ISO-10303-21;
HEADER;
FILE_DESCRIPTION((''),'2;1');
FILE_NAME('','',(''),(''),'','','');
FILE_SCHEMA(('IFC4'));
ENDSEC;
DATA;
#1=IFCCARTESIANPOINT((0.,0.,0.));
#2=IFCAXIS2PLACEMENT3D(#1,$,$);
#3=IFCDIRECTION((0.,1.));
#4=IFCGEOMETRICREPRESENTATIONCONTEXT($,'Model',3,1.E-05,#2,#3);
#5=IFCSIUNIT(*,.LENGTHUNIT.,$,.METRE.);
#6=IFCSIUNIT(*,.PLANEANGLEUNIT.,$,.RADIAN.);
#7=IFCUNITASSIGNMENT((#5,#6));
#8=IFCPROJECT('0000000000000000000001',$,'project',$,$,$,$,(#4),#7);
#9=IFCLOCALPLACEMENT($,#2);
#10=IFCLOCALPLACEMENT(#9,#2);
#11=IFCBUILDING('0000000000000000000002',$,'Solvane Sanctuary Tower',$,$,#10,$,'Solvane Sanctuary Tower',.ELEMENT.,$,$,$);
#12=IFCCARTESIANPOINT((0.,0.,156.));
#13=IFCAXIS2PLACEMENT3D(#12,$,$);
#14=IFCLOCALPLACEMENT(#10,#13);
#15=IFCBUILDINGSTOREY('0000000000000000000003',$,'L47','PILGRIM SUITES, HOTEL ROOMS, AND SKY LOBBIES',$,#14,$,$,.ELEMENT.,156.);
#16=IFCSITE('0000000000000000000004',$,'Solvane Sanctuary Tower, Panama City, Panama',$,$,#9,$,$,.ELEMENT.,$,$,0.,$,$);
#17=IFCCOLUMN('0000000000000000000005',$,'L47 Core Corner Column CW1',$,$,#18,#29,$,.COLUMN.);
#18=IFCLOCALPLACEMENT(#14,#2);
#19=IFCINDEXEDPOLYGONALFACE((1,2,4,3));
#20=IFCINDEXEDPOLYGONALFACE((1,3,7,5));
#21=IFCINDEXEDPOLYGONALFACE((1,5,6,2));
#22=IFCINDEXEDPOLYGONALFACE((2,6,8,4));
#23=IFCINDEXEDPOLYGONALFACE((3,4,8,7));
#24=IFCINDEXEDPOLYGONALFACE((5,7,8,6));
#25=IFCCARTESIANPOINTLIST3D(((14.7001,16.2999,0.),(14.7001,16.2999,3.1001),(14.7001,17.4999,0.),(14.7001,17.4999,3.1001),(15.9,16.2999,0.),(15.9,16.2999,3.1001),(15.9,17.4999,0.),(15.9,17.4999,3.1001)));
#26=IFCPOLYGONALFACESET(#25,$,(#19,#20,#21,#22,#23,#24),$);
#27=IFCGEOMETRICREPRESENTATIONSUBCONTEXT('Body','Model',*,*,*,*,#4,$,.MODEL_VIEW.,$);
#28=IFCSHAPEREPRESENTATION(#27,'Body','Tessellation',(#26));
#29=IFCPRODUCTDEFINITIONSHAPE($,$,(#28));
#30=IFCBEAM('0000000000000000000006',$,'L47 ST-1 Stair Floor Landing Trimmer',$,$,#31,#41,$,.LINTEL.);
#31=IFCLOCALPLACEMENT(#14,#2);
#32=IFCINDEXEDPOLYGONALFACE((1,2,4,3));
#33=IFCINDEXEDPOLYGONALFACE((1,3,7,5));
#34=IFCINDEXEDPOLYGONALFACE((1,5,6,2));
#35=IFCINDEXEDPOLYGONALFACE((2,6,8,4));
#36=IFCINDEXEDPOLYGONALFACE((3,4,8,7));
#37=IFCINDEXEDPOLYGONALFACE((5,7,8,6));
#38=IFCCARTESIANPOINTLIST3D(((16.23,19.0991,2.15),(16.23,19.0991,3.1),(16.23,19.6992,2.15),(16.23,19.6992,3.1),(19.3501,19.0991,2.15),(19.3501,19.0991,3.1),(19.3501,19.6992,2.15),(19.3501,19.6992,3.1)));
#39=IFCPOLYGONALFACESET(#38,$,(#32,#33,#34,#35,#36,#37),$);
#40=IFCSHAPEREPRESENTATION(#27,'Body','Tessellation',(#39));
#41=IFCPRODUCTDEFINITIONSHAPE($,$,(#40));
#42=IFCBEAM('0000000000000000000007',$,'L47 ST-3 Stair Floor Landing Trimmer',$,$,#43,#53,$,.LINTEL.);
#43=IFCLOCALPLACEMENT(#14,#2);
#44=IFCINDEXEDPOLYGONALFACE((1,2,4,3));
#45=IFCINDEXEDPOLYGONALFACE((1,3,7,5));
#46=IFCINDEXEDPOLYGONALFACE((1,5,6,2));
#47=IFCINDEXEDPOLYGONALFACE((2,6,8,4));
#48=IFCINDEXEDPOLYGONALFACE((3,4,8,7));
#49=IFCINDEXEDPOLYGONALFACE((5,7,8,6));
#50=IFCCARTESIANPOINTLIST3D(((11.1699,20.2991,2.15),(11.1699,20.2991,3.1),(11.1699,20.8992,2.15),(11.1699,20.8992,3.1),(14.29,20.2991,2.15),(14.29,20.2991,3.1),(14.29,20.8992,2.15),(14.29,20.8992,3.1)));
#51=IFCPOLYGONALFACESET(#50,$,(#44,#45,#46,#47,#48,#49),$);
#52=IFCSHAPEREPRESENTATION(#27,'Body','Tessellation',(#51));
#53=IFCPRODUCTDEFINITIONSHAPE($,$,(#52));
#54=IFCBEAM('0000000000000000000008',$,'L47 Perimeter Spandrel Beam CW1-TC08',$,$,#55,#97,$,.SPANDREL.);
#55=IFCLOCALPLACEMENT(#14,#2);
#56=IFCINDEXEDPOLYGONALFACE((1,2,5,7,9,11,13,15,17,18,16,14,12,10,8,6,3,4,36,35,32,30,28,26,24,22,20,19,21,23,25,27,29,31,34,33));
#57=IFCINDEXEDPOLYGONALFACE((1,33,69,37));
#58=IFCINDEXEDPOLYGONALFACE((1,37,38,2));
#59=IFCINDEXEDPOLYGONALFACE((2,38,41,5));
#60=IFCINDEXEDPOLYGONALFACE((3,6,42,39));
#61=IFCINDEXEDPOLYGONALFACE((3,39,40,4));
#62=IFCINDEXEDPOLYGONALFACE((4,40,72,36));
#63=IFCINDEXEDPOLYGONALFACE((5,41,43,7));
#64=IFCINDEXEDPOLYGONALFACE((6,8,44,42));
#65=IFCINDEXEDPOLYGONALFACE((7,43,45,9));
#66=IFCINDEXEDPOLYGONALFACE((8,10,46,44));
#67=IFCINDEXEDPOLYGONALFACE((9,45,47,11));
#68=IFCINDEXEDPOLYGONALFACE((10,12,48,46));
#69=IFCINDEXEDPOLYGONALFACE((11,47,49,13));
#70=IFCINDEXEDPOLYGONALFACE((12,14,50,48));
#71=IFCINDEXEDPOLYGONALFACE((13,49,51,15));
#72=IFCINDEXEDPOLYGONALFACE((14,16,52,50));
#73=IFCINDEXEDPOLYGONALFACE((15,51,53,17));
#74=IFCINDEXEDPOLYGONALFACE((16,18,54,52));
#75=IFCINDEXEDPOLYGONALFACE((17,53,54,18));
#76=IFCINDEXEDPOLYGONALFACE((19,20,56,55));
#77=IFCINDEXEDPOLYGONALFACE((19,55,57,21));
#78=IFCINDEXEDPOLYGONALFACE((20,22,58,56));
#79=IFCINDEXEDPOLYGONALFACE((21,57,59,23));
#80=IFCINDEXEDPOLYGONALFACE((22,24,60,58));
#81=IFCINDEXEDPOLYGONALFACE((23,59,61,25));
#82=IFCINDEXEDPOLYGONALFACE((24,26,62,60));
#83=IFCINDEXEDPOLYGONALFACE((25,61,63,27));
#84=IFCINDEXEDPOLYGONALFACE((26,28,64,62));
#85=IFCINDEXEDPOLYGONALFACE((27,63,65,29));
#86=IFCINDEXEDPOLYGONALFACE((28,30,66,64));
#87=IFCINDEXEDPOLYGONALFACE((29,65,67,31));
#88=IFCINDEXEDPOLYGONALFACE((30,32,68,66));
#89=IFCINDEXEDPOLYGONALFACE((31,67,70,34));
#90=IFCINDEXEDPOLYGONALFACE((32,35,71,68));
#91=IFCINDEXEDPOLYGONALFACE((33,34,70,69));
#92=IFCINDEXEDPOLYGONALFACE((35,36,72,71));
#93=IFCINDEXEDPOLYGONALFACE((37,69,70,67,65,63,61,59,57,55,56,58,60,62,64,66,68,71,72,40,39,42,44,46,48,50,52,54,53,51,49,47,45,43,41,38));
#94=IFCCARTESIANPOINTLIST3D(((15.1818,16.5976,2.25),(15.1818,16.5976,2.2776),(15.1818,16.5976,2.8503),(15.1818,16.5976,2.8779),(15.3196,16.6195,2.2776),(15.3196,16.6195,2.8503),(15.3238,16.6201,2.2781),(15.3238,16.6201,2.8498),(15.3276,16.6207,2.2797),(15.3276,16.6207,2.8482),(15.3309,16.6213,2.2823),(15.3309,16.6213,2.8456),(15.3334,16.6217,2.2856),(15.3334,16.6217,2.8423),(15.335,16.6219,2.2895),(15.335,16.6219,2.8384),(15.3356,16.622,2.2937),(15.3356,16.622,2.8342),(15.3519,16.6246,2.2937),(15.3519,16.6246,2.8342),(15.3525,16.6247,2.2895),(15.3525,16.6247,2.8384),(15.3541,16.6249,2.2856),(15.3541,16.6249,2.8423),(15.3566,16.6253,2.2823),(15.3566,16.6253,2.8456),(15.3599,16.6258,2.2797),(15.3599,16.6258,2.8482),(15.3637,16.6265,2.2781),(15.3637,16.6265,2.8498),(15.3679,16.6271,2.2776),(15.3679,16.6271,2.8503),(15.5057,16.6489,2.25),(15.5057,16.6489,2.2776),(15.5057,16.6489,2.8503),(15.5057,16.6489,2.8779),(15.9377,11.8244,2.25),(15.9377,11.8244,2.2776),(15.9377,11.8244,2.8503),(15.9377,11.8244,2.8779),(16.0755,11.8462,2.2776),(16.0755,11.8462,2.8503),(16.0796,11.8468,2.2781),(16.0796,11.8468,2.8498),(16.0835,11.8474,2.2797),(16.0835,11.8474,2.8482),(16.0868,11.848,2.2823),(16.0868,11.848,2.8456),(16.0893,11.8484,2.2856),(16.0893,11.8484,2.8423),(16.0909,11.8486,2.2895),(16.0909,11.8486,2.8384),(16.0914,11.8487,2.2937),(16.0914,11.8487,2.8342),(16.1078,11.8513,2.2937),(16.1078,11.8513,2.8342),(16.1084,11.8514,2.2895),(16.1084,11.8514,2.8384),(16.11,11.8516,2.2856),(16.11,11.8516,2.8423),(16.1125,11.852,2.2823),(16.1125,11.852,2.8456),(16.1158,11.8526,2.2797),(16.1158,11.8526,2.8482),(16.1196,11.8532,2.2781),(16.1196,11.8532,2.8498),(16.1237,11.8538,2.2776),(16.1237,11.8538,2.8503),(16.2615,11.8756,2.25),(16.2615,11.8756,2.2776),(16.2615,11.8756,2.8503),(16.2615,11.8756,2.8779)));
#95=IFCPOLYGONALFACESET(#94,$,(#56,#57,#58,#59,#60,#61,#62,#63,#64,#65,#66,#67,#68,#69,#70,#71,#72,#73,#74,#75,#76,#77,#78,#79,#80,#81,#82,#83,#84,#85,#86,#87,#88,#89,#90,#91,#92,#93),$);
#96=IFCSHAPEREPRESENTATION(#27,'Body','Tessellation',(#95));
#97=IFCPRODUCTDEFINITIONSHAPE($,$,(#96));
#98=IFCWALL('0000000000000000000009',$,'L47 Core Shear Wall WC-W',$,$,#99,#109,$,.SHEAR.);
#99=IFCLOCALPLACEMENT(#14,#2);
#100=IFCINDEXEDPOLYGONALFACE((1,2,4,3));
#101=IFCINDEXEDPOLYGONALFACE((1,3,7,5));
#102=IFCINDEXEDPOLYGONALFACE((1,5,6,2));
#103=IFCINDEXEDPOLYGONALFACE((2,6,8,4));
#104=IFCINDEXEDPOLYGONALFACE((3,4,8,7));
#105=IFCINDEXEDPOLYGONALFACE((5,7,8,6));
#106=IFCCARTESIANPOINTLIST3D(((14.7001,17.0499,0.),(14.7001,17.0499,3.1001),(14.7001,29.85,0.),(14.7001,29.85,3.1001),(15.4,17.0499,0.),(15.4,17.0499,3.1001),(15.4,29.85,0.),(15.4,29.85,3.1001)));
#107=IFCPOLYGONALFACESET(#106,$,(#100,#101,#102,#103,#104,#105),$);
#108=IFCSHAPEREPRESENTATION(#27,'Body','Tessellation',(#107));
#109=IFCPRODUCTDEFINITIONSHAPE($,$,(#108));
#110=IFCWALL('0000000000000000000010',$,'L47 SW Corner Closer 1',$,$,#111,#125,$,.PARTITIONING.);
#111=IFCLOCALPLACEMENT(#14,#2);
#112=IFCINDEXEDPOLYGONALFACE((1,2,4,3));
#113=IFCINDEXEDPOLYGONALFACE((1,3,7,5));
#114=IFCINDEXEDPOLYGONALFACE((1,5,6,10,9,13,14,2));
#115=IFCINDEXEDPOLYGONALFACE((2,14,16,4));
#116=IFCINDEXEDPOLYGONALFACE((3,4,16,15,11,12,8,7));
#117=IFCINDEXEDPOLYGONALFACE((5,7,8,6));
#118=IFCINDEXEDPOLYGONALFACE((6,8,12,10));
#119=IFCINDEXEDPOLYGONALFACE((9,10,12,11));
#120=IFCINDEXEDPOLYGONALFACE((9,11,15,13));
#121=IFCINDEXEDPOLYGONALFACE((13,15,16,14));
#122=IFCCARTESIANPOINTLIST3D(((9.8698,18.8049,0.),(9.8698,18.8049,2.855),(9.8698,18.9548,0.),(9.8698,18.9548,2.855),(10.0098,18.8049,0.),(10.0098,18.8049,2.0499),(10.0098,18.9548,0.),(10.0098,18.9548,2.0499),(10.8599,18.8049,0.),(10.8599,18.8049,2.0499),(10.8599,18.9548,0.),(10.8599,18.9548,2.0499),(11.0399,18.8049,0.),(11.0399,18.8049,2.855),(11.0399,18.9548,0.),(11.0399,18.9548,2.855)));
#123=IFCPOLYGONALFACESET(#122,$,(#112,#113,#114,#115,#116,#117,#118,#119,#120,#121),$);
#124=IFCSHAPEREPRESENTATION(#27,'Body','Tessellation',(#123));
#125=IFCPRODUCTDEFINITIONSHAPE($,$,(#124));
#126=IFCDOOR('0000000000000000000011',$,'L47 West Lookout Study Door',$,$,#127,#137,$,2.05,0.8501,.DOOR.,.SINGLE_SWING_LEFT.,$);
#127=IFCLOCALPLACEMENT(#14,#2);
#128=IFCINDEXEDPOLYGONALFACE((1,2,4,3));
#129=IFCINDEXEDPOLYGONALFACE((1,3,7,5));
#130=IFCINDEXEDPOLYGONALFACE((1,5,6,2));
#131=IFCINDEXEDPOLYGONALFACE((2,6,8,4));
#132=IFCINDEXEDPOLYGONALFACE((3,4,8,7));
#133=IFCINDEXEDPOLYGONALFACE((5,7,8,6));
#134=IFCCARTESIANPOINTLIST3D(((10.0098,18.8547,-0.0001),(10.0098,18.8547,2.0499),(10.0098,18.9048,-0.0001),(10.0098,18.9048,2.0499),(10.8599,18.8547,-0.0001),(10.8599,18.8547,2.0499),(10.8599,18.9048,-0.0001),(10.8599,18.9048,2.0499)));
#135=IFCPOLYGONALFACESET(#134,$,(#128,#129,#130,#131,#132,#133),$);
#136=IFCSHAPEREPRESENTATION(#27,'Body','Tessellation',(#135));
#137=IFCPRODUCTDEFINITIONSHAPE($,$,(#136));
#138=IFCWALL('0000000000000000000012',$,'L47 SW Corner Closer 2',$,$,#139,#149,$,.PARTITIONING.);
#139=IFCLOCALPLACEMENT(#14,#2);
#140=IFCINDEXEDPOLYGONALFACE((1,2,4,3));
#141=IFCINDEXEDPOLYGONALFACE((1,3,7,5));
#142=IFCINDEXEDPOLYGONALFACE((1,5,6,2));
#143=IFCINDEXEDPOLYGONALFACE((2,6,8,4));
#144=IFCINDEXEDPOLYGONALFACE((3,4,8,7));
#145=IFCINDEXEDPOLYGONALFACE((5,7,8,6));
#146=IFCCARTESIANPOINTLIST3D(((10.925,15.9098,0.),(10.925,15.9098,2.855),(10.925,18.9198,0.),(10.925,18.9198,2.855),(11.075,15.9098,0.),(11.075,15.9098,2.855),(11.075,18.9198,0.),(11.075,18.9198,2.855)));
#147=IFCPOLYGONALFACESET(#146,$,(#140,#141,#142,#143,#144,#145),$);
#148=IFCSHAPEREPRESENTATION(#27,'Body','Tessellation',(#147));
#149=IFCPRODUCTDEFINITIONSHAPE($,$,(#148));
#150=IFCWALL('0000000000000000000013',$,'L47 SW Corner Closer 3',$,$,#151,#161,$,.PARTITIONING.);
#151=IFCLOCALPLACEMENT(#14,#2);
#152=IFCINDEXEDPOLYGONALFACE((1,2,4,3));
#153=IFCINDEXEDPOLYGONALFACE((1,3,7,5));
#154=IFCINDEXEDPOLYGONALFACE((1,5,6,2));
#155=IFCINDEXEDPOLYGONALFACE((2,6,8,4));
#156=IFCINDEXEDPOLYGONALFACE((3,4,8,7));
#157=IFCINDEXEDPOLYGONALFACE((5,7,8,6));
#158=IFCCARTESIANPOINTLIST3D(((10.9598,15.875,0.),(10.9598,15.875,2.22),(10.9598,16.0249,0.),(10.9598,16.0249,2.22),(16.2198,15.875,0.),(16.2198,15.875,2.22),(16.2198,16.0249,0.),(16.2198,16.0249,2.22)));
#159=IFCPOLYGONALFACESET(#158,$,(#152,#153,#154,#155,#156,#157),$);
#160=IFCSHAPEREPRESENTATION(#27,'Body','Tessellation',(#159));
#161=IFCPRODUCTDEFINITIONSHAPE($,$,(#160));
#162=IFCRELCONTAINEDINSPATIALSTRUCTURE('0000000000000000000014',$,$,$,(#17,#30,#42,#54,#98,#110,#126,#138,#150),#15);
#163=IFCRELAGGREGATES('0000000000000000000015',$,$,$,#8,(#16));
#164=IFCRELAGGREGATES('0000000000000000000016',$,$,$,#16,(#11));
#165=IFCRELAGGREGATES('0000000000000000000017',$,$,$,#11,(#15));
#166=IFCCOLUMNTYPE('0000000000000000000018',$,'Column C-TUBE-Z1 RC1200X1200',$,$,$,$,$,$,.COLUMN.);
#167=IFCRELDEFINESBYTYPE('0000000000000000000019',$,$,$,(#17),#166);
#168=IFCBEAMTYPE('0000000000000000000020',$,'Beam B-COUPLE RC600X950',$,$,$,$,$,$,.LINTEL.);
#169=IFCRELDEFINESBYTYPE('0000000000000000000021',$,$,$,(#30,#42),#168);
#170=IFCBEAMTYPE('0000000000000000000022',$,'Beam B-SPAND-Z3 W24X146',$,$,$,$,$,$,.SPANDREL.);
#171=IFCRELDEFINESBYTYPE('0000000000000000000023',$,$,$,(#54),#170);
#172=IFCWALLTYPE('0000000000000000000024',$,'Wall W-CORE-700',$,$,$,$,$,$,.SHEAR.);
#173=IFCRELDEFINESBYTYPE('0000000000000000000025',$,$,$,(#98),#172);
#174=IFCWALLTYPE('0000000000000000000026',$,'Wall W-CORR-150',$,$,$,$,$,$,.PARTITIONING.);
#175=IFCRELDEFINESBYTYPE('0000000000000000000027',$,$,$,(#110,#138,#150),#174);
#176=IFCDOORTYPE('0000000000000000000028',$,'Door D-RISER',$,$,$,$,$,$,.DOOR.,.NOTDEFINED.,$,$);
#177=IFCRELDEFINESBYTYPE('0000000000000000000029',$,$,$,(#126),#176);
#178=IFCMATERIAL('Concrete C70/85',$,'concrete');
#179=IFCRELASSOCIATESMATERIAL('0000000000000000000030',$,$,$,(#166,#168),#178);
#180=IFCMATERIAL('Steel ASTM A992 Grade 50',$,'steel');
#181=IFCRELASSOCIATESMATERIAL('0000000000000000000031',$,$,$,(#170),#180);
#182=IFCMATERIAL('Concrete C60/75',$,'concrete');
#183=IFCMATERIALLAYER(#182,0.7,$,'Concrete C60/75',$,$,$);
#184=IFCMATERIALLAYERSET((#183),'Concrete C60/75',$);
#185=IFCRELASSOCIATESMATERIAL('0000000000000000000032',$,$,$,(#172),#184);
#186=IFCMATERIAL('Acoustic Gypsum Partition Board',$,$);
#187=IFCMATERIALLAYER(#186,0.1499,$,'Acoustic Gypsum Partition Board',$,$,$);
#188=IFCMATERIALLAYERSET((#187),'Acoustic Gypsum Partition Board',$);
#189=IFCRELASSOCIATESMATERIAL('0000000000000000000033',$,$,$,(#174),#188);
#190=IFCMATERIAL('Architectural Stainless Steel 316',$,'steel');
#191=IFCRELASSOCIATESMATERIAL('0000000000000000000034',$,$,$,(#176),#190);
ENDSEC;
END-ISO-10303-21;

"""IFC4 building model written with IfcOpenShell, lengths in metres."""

from ifc_helpers import new_model, si_unit, direction, frame, frame_2d, origin, origin_2d, place, context, subcontext, project, spatial, rectangle, i_section, extrude, material, layer, layer_set, material_profile, profile_set, type_object, element, fill, save


model = new_model("IFC4")

# Units and contexts
model_context = context("Model", 3, precision=1e-05, world=origin(), true_north=direction((0.0, 1.0)))
body_context = subcontext(model_context, "Body", "Model", "MODEL_VIEW")
ifc_project = project(units=[si_unit("LENGTHUNIT", "METRE"), si_unit("PLANEANGLEUNIT", "RADIAN")], contexts=[model_context])

# Site, building, storey
site_placement = place(None, origin())
site = spatial("IfcSite", under=ifc_project, at=site_placement, Name="Solvane Sanctuary Tower, Panama City, Panama", CompositionType="ELEMENT", RefElevation=0.0)
building_placement = place(site_placement, origin())
building = spatial("IfcBuilding", under=site, at=building_placement, Name="Solvane Sanctuary Tower", LongName="Solvane Sanctuary Tower", CompositionType="ELEMENT")
storey_placement = place(building_placement, frame((0.0, 0.0, 156.0)))
storey = spatial("IfcBuildingStorey", under=building, at=storey_placement, Name="L47", Description="PILGRIM SUITES, HOTEL ROOMS, AND SKY LOBBIES", CompositionType="ELEMENT", Elevation=156.0)

# Column
ifc_material_1 = material(Name="Concrete C70/85", Category="concrete")
ifc_material_profile_1 = material_profile(ifc_material_1, rectangle(XDim=1.2, YDim=1.2, at=origin_2d()), Name="RC1200X1200")
ifc_profile_set_1 = profile_set([ifc_material_profile_1], Name="Concrete C70/85")
column_type = type_object("IfcColumnType", Name="Column C-TUBE-Z1 RC1200X1200", PredefinedType="COLUMN", material=ifc_profile_set_1)
column_placement = place(storey_placement, frame((15.3, 16.8999, 0.0), z_axis=(0.0, 0.0, 1.0), x_axis=(1.0, 0.0, 0.0)))
element("IfcColumn", 1, at=column_placement, inside=storey, type_object=column_type, Name="L47 Core Corner Column CW1", PredefinedType="COLUMN", context=body_context, shape_type="SweptSolid", body=[
    extrude(rectangle(XDim=1.2, YDim=1.2, at=origin_2d()), origin(), (0.0, 0.0, 1.0), 3.1001),
])

# Beams
ifc_material_profile_2 = material_profile(ifc_material_1, rectangle(XDim=0.6001, YDim=0.95, at=origin_2d()), Name="RC600X950")
ifc_profile_set_2 = profile_set([ifc_material_profile_2], Name="Concrete C70/85")
beam_type_1 = type_object("IfcBeamType", Name="Beam B-COUPLE RC600X950", PredefinedType="LINTEL", material=ifc_profile_set_2)
for number, where, z_axis, x_axis, name in (
    (2, (16.23, 19.3992, 2.625), (1.0, 0.0, 0.0), (0.0, 1.0, 0.0), "L47 ST-1 Stair Floor Landing Trimmer"),
    (3, (11.1699, 20.5991, 2.625), (1.0, 0.0, 0.0), (0.0, 1.0, 0.0), "L47 ST-3 Stair Floor Landing Trimmer"),
):
    element("IfcBeam", number, at=place(storey_placement, frame(where, z_axis=z_axis, x_axis=x_axis)), inside=storey, type_object=beam_type_1, Name=name, PredefinedType="LINTEL", context=body_context, shape_type="SweptSolid", body=[
        extrude(rectangle(XDim=0.6001, YDim=0.95, at=origin_2d()), origin(), (0.0, 0.0, 1.0), 3.1201),
    ])
ifc_material_2 = material(Name="Steel ASTM A992 Grade 50", Category="steel")
ifc_material_profile_3 = material_profile(ifc_material_2, i_section(OverallWidth=0.3279, OverallDepth=0.6279, WebThickness=0.0166, FlangeThickness=0.0276, FilletRadius=0.0161, at=origin_2d()), Name="W24X146")
ifc_profile_set_3 = profile_set([ifc_material_profile_3], Name="Steel ASTM A992 Grade 50")
beam_type_2 = type_object("IfcBeamType", Name="Beam B-SPAND-Z3 W24X146", PredefinedType="SPANDREL", material=ifc_profile_set_3)
beam_placement = place(storey_placement, frame((15.3438, 16.6233, 2.564), z_axis=(0.156406, -0.987693, 0.0), x_axis=(0.987693, 0.156406, 0.0)))
element("IfcBeam", 4, at=beam_placement, inside=storey, type_object=beam_type_2, Name="L47 Perimeter Spandrel Beam CW1-TC08", PredefinedType="SPANDREL", context=body_context, shape_type="SweptSolid", body=[
    extrude(i_section(OverallWidth=0.3279, OverallDepth=0.6279, WebThickness=0.0166, FlangeThickness=0.0276, FilletRadius=0.0161, at=origin_2d()), origin(), (0.0, 0.0, 1.0), 4.8328),
])

# Wall
ifc_material_3 = material(Name="Concrete C60/75", Category="concrete")
ifc_layer_1 = layer(ifc_material_3, 0.7, Name="Concrete C60/75")
ifc_layer_set_1 = layer_set([ifc_layer_1], Name="Concrete C60/75")
wall_type_1 = type_object("IfcWallType", Name="Wall W-CORE-700", PredefinedType="SHEAR", material=ifc_layer_set_1)
wall_1_placement = place(storey_placement, frame((15.05, 17.05, 0.0), z_axis=(0.0, 0.0, 1.0), x_axis=(0.0, 1.0, 0.0)))
element("IfcWall", 5, at=wall_1_placement, inside=storey, type_object=wall_type_1, Name="L47 Core Shear Wall WC-W", PredefinedType="SHEAR", context=body_context, shape_type="SweptSolid", body=[
    extrude(rectangle(XDim=12.8, YDim=0.7, at=frame_2d((6.3999, 0.0))), origin(), (0.0, 0.0, 1.0), 3.1001),
])

# Wall, opening, door
ifc_material_4 = material(Name="Acoustic Gypsum Partition Board")
ifc_layer_2 = layer(ifc_material_4, 0.1499, Name="Acoustic Gypsum Partition Board")
ifc_layer_set_2 = layer_set([ifc_layer_2], Name="Acoustic Gypsum Partition Board")
wall_type_2 = type_object("IfcWallType", Name="Wall W-CORR-150", PredefinedType="PARTITIONING", material=ifc_layer_set_2)
wall_2_placement = place(storey_placement, frame((9.8699, 18.8799, 0.0), z_axis=(0.0, 0.0, 1.0), x_axis=(1.0, 0.0, 0.0)))
wall_2 = element("IfcWall", 6, at=wall_2_placement, inside=storey, type_object=wall_type_2, Name="L47 SW Corner Closer 1", PredefinedType="PARTITIONING", context=body_context, shape_type="SweptSolid", body=[
    extrude(rectangle(XDim=1.1702, YDim=0.1499, at=frame_2d((0.585, 0.0))), origin(), (0.0, 0.0, 1.0), 2.855),
])
opening_1_placement = place(wall_2_placement, frame((0.1399, 0.0, 0.0)))
opening_1 = element("IfcOpeningElement", 7, at=opening_1_placement, cuts=wall_2, PredefinedType="OPENING", context=body_context, shape_type="SweptSolid", body=[
    extrude(rectangle(XDim=0.8501, YDim=2.05, at=frame_2d((0.425, 1.0249))), frame((0.0, 0.085, 0.0), z_axis=(0.0, -1.0, 0.0), x_axis=(1.0, 0.0, 0.0)), (0.0, 0.0, 1.0), 0.1699),
])
ifc_material_5 = material(Name="Architectural Stainless Steel 316", Category="steel")
door_type_1 = type_object("IfcDoorType", Name="Door D-RISER", OperationType="NOTDEFINED", PredefinedType="DOOR", material=ifc_material_5)
door_1_placement = place(opening_1_placement, origin())
door_1 = element("IfcDoor", 8, at=door_1_placement, inside=storey, type_object=door_type_1, Name="L47 West Lookout Study Door", OperationType="SINGLE_SWING_LEFT", OverallHeight=2.05, OverallWidth=0.8501, PredefinedType="DOOR", context=body_context, shape_type="SweptSolid", body=[
    extrude(rectangle(XDim=0.8501, YDim=2.05, at=frame_2d((0.425, 1.0249))), frame((0.0, 0.0249, 0.0), z_axis=(0.0, -1.0, 0.0), x_axis=(1.0, 0.0, 0.0)), (0.0, 0.0, 1.0), 0.05),
])
fill(opening_1, door_1)

# Walls
wall_3_placement = place(storey_placement, frame((11.0, 15.9099, 0.0), z_axis=(0.0, 0.0, 1.0), x_axis=(0.0, 1.0, 0.0)))
element("IfcWall", 9, at=wall_3_placement, inside=storey, type_object=wall_type_2, Name="L47 SW Corner Closer 2", PredefinedType="PARTITIONING", context=body_context, shape_type="SweptSolid", body=[
    extrude(rectangle(XDim=3.01, YDim=0.1499, at=frame_2d((1.5049, 0.0))), origin(), (0.0, 0.0, 1.0), 2.855),
])
wall_4_placement = place(storey_placement, frame((10.96, 15.95, 0.0), z_axis=(0.0, 0.0, 1.0), x_axis=(1.0, 0.0, 0.0)))
element("IfcWall", 10, at=wall_4_placement, inside=storey, type_object=wall_type_2, Name="L47 SW Corner Closer 3", PredefinedType="PARTITIONING", context=body_context, shape_type="SweptSolid", body=[
    extrude(rectangle(XDim=5.26, YDim=0.1499, at=frame_2d((2.6299, 0.0))), origin(), (0.0, 0.0, 1.0), 2.22),
])

save(model, "model.ifc")
